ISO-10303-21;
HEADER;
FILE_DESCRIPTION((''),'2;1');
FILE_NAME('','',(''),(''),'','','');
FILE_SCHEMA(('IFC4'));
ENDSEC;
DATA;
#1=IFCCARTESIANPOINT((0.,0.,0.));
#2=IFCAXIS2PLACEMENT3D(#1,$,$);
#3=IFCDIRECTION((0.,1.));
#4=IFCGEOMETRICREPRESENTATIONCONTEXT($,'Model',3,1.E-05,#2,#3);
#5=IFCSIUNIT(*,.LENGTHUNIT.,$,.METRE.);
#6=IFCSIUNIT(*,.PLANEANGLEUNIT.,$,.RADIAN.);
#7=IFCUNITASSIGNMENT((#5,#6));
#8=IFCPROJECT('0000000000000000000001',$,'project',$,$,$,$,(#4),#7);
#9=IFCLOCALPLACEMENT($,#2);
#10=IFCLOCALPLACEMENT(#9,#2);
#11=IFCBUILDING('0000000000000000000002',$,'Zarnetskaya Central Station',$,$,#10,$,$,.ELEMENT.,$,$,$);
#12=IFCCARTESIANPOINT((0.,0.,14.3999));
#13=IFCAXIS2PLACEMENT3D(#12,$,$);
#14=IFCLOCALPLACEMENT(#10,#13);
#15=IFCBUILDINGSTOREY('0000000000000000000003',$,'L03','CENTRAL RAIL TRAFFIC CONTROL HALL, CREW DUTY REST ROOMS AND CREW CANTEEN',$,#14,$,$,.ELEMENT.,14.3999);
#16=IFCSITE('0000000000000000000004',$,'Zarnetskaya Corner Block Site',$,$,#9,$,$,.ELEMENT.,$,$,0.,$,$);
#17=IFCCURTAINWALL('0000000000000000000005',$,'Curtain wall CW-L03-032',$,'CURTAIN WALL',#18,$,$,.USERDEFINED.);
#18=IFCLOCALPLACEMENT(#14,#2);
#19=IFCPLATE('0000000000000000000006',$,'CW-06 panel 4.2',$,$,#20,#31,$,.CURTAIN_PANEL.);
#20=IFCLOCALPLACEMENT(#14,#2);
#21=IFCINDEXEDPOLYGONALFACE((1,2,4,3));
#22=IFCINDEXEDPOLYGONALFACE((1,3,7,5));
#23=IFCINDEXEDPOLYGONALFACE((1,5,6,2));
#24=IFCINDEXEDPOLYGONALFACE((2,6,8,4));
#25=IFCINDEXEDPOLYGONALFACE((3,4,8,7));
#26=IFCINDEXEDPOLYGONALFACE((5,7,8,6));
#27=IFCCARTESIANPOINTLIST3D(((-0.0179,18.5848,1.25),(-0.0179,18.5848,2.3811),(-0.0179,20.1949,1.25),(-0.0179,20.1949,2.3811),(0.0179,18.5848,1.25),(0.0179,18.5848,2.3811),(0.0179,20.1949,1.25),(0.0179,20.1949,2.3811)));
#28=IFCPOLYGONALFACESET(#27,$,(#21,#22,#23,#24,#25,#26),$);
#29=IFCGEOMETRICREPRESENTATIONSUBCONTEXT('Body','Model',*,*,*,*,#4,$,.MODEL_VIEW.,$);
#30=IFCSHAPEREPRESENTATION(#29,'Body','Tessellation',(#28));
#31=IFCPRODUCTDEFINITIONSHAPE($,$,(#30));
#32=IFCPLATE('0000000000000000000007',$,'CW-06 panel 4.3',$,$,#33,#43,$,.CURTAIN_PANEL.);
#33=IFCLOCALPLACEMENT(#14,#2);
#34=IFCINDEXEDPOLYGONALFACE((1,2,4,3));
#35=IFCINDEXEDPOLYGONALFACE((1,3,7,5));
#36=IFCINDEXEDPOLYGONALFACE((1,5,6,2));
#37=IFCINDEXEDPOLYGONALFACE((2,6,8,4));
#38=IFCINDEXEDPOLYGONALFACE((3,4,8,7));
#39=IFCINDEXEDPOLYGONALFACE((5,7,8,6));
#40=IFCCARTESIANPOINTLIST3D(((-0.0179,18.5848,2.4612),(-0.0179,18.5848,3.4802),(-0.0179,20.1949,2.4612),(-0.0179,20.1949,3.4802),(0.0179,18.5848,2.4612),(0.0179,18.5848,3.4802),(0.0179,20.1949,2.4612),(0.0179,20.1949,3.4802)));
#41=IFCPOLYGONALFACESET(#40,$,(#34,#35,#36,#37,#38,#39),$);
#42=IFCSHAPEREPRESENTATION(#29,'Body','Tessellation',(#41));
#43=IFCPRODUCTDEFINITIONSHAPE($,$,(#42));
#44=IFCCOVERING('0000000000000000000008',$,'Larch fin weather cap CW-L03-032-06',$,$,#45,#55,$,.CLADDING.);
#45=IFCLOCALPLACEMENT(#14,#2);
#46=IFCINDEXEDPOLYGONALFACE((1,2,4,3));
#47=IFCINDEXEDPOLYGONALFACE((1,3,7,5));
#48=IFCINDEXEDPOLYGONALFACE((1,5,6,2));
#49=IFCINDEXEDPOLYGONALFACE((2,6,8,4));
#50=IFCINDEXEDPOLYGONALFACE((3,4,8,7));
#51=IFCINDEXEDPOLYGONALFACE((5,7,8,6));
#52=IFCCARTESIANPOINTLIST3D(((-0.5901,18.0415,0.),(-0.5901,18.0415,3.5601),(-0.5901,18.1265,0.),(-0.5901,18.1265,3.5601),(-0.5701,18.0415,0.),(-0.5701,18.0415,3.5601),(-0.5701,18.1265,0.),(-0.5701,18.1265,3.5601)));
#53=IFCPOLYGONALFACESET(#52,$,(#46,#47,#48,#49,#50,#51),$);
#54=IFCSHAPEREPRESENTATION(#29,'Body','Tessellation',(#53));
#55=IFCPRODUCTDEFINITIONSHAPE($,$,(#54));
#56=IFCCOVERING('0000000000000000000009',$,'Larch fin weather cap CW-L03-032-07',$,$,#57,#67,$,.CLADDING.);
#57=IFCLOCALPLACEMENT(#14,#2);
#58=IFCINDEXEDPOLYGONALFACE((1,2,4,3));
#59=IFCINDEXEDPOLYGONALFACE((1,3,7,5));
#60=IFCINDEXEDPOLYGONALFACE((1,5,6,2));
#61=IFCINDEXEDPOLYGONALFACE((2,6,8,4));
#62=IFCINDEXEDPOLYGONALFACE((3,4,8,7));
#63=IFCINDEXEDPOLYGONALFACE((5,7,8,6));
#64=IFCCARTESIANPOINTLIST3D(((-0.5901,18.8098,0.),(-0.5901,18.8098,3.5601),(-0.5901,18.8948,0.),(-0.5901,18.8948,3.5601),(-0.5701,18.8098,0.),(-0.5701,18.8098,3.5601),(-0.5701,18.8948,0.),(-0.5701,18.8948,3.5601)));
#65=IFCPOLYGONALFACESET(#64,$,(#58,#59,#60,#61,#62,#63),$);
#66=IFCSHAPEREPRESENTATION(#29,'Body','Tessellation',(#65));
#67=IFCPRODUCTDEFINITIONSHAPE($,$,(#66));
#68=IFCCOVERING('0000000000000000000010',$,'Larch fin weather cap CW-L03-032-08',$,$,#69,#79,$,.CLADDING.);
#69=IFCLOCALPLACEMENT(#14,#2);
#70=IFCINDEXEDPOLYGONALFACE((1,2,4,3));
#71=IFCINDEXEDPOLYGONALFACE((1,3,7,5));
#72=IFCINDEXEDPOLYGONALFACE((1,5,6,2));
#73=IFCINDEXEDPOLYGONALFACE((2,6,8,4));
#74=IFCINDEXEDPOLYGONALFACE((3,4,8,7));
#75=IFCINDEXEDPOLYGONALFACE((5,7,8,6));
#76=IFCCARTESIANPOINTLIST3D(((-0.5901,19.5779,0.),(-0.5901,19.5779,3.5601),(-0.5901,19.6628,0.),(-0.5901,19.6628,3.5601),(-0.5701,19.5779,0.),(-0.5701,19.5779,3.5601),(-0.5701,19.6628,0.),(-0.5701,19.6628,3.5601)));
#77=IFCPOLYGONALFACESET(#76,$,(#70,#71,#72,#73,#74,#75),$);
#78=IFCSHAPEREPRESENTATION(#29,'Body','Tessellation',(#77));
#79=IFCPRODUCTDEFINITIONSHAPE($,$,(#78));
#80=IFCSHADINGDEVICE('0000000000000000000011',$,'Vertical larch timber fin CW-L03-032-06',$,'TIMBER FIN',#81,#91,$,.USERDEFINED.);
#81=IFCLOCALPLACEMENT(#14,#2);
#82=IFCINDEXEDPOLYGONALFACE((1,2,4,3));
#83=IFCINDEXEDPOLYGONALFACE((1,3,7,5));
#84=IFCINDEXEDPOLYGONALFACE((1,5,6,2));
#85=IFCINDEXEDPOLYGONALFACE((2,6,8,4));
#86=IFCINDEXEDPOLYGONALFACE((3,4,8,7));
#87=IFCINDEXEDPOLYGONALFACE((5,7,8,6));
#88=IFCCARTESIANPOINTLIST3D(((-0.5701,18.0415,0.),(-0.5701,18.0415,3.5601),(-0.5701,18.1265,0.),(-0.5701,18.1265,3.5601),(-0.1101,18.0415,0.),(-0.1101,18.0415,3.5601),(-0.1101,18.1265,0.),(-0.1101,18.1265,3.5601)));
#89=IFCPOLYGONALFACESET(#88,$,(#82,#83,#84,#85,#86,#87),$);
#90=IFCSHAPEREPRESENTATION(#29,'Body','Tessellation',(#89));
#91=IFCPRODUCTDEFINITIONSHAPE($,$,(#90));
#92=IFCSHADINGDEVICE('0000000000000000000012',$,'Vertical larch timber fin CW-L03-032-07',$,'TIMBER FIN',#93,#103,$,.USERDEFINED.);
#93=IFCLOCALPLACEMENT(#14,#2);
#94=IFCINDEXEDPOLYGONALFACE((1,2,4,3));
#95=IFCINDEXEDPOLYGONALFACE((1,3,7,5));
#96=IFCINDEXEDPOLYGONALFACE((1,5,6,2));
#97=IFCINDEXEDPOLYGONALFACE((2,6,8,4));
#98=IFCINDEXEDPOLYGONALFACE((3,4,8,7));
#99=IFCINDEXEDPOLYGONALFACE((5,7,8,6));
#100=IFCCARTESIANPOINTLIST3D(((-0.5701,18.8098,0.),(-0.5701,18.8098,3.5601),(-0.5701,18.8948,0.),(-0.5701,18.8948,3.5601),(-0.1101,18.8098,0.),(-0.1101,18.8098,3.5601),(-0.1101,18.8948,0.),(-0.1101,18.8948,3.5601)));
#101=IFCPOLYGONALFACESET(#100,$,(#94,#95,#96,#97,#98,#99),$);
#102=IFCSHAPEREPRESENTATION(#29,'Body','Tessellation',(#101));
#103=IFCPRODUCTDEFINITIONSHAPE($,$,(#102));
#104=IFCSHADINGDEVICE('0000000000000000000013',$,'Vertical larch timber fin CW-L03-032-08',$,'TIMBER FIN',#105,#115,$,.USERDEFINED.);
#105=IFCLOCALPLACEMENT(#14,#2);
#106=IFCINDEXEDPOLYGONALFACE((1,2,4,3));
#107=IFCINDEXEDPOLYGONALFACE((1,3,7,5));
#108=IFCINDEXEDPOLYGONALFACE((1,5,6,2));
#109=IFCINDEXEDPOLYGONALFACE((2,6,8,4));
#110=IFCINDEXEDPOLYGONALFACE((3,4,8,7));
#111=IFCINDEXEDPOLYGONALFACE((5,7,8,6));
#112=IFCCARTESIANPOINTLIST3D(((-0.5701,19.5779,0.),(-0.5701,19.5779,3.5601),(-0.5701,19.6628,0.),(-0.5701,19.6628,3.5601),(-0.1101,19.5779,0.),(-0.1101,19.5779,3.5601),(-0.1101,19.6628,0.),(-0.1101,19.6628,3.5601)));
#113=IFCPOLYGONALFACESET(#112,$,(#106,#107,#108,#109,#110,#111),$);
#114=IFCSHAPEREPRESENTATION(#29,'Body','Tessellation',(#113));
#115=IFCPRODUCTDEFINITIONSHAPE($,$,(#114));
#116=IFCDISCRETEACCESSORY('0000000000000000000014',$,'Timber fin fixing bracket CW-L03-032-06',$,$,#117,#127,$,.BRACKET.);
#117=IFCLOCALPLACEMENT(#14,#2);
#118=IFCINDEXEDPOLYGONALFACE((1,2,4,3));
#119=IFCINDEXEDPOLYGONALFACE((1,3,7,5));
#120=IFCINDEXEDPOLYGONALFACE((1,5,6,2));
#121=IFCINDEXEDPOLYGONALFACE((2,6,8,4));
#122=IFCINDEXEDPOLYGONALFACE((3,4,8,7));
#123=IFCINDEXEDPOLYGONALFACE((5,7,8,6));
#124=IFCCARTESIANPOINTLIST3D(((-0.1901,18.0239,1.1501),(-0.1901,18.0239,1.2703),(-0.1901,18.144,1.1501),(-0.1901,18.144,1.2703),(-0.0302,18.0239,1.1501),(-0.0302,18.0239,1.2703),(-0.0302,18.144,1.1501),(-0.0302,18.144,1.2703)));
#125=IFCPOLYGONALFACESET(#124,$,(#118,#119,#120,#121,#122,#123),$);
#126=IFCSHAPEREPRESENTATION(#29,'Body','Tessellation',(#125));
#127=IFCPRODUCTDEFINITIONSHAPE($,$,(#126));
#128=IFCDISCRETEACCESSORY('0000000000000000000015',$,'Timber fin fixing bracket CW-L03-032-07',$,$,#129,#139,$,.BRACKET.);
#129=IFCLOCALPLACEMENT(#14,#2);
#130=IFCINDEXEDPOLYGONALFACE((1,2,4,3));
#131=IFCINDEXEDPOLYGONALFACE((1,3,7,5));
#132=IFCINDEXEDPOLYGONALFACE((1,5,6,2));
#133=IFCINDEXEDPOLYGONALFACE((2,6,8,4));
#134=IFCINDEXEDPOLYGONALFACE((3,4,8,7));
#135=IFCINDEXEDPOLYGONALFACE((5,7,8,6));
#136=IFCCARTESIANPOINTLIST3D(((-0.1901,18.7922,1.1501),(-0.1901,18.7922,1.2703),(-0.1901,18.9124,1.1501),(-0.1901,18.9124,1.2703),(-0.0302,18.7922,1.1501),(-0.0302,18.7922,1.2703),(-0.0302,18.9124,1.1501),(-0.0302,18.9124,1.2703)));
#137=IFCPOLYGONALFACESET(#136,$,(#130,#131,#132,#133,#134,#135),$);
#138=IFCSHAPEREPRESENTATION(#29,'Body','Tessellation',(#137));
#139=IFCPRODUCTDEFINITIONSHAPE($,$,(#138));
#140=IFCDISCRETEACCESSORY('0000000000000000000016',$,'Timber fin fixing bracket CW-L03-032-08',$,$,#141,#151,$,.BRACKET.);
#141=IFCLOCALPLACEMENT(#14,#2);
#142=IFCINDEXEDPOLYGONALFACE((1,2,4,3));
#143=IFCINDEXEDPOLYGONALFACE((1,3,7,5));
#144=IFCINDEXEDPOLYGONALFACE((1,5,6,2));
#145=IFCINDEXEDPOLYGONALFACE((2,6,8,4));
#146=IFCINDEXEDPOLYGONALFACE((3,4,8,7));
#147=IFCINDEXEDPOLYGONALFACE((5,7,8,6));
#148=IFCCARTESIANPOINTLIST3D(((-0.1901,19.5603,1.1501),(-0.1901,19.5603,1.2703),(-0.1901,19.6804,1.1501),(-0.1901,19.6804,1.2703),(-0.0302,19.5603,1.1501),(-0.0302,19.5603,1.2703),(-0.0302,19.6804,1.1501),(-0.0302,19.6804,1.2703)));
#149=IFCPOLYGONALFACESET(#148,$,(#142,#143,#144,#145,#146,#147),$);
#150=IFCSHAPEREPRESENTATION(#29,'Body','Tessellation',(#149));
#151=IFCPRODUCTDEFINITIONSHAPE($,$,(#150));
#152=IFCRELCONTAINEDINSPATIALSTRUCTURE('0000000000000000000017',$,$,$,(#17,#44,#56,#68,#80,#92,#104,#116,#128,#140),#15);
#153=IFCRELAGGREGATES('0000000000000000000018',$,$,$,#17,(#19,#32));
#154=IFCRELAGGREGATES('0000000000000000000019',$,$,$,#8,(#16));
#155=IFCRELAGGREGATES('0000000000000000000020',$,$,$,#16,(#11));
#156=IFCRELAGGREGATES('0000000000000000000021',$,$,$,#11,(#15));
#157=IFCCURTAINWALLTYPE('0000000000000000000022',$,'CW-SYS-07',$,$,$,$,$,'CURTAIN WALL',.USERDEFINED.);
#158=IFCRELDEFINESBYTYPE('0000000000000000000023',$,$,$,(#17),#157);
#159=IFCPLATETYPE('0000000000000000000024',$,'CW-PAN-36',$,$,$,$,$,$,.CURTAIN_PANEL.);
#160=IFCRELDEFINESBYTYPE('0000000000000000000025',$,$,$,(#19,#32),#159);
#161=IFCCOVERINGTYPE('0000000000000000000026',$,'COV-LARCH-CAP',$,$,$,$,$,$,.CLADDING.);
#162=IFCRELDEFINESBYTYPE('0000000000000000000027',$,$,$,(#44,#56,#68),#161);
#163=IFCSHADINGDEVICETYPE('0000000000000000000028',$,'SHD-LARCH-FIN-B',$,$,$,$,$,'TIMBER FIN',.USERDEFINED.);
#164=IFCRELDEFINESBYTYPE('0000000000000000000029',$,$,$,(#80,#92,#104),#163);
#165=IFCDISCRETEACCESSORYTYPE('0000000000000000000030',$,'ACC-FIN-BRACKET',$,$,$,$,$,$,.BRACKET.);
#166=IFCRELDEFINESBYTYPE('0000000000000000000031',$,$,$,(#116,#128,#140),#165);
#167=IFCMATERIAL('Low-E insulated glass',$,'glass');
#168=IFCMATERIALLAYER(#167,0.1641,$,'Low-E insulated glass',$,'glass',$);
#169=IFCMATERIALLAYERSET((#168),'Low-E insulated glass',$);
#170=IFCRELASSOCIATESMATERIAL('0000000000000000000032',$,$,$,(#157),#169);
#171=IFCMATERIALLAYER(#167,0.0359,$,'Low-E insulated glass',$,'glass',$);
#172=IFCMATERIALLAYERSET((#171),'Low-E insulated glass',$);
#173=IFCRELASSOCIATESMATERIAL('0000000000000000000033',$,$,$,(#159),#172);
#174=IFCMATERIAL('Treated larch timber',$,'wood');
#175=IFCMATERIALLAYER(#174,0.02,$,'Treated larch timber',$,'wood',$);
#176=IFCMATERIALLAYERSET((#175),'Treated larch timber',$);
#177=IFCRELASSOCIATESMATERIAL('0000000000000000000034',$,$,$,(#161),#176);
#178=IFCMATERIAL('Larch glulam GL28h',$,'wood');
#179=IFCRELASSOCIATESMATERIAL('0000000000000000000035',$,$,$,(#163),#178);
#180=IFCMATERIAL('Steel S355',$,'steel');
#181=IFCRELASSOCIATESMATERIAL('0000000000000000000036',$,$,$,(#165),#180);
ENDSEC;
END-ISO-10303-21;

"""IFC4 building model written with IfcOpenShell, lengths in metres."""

from ifc_helpers import new_model, si_unit, direction, frame, origin, origin_2d, place, context, subcontext, project, spatial, rectangle, extrude, material, layer, layer_set, type_object, element, aggregate, save


model = new_model("IFC4")

# Units and contexts
model_context = context("Model", 3, precision=1e-05, world=origin(), true_north=direction((0.0, 1.0)))
body_context = subcontext(model_context, "Body", "Model", "MODEL_VIEW")
ifc_project = project(units=[si_unit("LENGTHUNIT", "METRE"), si_unit("PLANEANGLEUNIT", "RADIAN")], contexts=[model_context])

# Site, building, storey
site_placement = place(None, origin())
site = spatial("IfcSite", under=ifc_project, at=site_placement, Name="Zarnetskaya Corner Block Site", CompositionType="ELEMENT", RefElevation=0.0)
building_placement = place(site_placement, origin())
building = spatial("IfcBuilding", under=site, at=building_placement, Name="Zarnetskaya Central Station", CompositionType="ELEMENT")
storey_placement = place(building_placement, frame((0.0, 0.0, 14.3999)))
storey = spatial("IfcBuildingStorey", under=building, at=storey_placement, Name="L03", Description="CENTRAL RAIL TRAFFIC CONTROL HALL, CREW DUTY REST ROOMS AND CREW CANTEEN", CompositionType="ELEMENT", Elevation=14.3999)

# Curtain wall, plates
ifc_material_1 = material(Name="Low-E insulated glass", Category="glass")
ifc_layer_1 = layer(ifc_material_1, 0.1641, Name="Low-E insulated glass", Category="glass")
ifc_layer_set_1 = layer_set([ifc_layer_1], Name="Low-E insulated glass")
curtain_wall_type = type_object("IfcCurtainWallType", Name="CW-SYS-07", ElementType="CURTAIN WALL", PredefinedType="USERDEFINED", material=ifc_layer_set_1)
curtain_wall_placement = place(storey_placement, origin())
curtain_wall = element("IfcCurtainWall", 1, at=curtain_wall_placement, inside=storey, type_object=curtain_wall_type, Name="Curtain wall CW-L03-032", ObjectType="CURTAIN WALL", PredefinedType="USERDEFINED")
ifc_layer_2 = layer(ifc_material_1, 0.0359, Name="Low-E insulated glass", Category="glass")
ifc_layer_set_2 = layer_set([ifc_layer_2], Name="Low-E insulated glass")
plate_type = type_object("IfcPlateType", Name="CW-PAN-36", PredefinedType="CURTAIN_PANEL", material=ifc_layer_set_2)
plate_1_placement = place(storey_placement, frame((0.0, 19.3899, 1.25), z_axis=(0.0, 0.0, 1.0), x_axis=(0.0, 1.0, 0.0)))
plate_1 = element("IfcPlate", 2, at=plate_1_placement, type_object=plate_type, Name="CW-06 panel 4.2", PredefinedType="CURTAIN_PANEL", context=body_context, shape_type="SweptSolid", body=[
    extrude(rectangle(XDim=1.6101, YDim=0.0359, at=origin_2d()), origin(), (0.0, 0.0, 1.0), 1.1311),
])
plate_2_placement = place(storey_placement, frame((0.0, 19.3899, 2.4612), z_axis=(0.0, 0.0, 1.0), x_axis=(0.0, 1.0, 0.0)))
plate_2 = element("IfcPlate", 3, at=plate_2_placement, type_object=plate_type, Name="CW-06 panel 4.3", PredefinedType="CURTAIN_PANEL", context=body_context, shape_type="SweptSolid", body=[
    extrude(rectangle(XDim=1.6101, YDim=0.0359, at=origin_2d()), origin(), (0.0, 0.0, 1.0), 1.019),
])
aggregate(curtain_wall, [plate_1, plate_2])

# Coverings
ifc_material_2 = material(Name="Treated larch timber", Category="wood")
ifc_layer_3 = layer(ifc_material_2, 0.02, Name="Treated larch timber", Category="wood")
ifc_layer_set_3 = layer_set([ifc_layer_3], Name="Treated larch timber")
covering_type = type_object("IfcCoveringType", Name="COV-LARCH-CAP", PredefinedType="CLADDING", material=ifc_layer_set_3)
for number, where, z_axis, x_axis, name in (
    (4, (-0.5801, 18.084, 0.0), (0.0, 0.0, 1.0), (0.0, 1.0, 0.0), "Larch fin weather cap CW-L03-032-06"),
    (5, (-0.5801, 18.8523, 0.0), (0.0, 0.0, 1.0), (0.0, 1.0, 0.0), "Larch fin weather cap CW-L03-032-07"),
    (6, (-0.5801, 19.6204, 0.0), (0.0, 0.0, 1.0), (0.0, 1.0, 0.0), "Larch fin weather cap CW-L03-032-08"),
):
    element("IfcCovering", number, at=place(storey_placement, frame(where, z_axis=z_axis, x_axis=x_axis)), inside=storey, type_object=covering_type, Name=name, PredefinedType="CLADDING", context=body_context, shape_type="SweptSolid", body=[
        extrude(rectangle(XDim=0.085, YDim=0.02, at=origin_2d()), origin(), (0.0, 0.0, 1.0), 3.5601),
    ])

# Shading devices
ifc_material_3 = material(Name="Larch glulam GL28h", Category="wood")
shading_device_type = type_object("IfcShadingDeviceType", Name="SHD-LARCH-FIN-B", ElementType="TIMBER FIN", PredefinedType="USERDEFINED", material=ifc_material_3)
for number, where, z_axis, x_axis, name in (
    (7, (-0.3401, 18.084, 0.0), (0.0, 0.0, 1.0), (0.0, 1.0, 0.0), "Vertical larch timber fin CW-L03-032-06"),
    (8, (-0.3401, 18.8523, 0.0), (0.0, 0.0, 1.0), (0.0, 1.0, 0.0), "Vertical larch timber fin CW-L03-032-07"),
    (9, (-0.3401, 19.6204, 0.0), (0.0, 0.0, 1.0), (0.0, 1.0, 0.0), "Vertical larch timber fin CW-L03-032-08"),
):
    element("IfcShadingDevice", number, at=place(storey_placement, frame(where, z_axis=z_axis, x_axis=x_axis)), inside=storey, type_object=shading_device_type, Name=name, ObjectType="TIMBER FIN", PredefinedType="USERDEFINED", context=body_context, shape_type="SweptSolid", body=[
        extrude(rectangle(XDim=0.085, YDim=0.46, at=origin_2d()), origin(), (0.0, 0.0, 1.0), 3.5601),
    ])

# Discrete accessories
ifc_material_4 = material(Name="Steel S355", Category="steel")
discrete_accessory_type = type_object("IfcDiscreteAccessoryType", Name="ACC-FIN-BRACKET", PredefinedType="BRACKET", material=ifc_material_4)
for number, where, z_axis, x_axis, name in (
    (10, (-0.1101, 18.084, 1.1501), (0.0, 0.0, 1.0), (0.0, 1.0, 0.0), "Timber fin fixing bracket CW-L03-032-06"),
    (11, (-0.1101, 18.8523, 1.1501), (0.0, 0.0, 1.0), (0.0, 1.0, 0.0), "Timber fin fixing bracket CW-L03-032-07"),
    (12, (-0.1101, 19.6204, 1.1501), (0.0, 0.0, 1.0), (0.0, 1.0, 0.0), "Timber fin fixing bracket CW-L03-032-08"),
):
    element("IfcDiscreteAccessory", number, at=place(storey_placement, frame(where, z_axis=z_axis, x_axis=x_axis)), inside=storey, type_object=discrete_accessory_type, Name=name, PredefinedType="BRACKET", context=body_context, shape_type="SweptSolid", body=[
        extrude(rectangle(XDim=0.1201, YDim=0.1599, at=origin_2d()), origin(), (0.0, 0.0, 1.0), 0.1201),
    ])

save(model, "model.ifc")
